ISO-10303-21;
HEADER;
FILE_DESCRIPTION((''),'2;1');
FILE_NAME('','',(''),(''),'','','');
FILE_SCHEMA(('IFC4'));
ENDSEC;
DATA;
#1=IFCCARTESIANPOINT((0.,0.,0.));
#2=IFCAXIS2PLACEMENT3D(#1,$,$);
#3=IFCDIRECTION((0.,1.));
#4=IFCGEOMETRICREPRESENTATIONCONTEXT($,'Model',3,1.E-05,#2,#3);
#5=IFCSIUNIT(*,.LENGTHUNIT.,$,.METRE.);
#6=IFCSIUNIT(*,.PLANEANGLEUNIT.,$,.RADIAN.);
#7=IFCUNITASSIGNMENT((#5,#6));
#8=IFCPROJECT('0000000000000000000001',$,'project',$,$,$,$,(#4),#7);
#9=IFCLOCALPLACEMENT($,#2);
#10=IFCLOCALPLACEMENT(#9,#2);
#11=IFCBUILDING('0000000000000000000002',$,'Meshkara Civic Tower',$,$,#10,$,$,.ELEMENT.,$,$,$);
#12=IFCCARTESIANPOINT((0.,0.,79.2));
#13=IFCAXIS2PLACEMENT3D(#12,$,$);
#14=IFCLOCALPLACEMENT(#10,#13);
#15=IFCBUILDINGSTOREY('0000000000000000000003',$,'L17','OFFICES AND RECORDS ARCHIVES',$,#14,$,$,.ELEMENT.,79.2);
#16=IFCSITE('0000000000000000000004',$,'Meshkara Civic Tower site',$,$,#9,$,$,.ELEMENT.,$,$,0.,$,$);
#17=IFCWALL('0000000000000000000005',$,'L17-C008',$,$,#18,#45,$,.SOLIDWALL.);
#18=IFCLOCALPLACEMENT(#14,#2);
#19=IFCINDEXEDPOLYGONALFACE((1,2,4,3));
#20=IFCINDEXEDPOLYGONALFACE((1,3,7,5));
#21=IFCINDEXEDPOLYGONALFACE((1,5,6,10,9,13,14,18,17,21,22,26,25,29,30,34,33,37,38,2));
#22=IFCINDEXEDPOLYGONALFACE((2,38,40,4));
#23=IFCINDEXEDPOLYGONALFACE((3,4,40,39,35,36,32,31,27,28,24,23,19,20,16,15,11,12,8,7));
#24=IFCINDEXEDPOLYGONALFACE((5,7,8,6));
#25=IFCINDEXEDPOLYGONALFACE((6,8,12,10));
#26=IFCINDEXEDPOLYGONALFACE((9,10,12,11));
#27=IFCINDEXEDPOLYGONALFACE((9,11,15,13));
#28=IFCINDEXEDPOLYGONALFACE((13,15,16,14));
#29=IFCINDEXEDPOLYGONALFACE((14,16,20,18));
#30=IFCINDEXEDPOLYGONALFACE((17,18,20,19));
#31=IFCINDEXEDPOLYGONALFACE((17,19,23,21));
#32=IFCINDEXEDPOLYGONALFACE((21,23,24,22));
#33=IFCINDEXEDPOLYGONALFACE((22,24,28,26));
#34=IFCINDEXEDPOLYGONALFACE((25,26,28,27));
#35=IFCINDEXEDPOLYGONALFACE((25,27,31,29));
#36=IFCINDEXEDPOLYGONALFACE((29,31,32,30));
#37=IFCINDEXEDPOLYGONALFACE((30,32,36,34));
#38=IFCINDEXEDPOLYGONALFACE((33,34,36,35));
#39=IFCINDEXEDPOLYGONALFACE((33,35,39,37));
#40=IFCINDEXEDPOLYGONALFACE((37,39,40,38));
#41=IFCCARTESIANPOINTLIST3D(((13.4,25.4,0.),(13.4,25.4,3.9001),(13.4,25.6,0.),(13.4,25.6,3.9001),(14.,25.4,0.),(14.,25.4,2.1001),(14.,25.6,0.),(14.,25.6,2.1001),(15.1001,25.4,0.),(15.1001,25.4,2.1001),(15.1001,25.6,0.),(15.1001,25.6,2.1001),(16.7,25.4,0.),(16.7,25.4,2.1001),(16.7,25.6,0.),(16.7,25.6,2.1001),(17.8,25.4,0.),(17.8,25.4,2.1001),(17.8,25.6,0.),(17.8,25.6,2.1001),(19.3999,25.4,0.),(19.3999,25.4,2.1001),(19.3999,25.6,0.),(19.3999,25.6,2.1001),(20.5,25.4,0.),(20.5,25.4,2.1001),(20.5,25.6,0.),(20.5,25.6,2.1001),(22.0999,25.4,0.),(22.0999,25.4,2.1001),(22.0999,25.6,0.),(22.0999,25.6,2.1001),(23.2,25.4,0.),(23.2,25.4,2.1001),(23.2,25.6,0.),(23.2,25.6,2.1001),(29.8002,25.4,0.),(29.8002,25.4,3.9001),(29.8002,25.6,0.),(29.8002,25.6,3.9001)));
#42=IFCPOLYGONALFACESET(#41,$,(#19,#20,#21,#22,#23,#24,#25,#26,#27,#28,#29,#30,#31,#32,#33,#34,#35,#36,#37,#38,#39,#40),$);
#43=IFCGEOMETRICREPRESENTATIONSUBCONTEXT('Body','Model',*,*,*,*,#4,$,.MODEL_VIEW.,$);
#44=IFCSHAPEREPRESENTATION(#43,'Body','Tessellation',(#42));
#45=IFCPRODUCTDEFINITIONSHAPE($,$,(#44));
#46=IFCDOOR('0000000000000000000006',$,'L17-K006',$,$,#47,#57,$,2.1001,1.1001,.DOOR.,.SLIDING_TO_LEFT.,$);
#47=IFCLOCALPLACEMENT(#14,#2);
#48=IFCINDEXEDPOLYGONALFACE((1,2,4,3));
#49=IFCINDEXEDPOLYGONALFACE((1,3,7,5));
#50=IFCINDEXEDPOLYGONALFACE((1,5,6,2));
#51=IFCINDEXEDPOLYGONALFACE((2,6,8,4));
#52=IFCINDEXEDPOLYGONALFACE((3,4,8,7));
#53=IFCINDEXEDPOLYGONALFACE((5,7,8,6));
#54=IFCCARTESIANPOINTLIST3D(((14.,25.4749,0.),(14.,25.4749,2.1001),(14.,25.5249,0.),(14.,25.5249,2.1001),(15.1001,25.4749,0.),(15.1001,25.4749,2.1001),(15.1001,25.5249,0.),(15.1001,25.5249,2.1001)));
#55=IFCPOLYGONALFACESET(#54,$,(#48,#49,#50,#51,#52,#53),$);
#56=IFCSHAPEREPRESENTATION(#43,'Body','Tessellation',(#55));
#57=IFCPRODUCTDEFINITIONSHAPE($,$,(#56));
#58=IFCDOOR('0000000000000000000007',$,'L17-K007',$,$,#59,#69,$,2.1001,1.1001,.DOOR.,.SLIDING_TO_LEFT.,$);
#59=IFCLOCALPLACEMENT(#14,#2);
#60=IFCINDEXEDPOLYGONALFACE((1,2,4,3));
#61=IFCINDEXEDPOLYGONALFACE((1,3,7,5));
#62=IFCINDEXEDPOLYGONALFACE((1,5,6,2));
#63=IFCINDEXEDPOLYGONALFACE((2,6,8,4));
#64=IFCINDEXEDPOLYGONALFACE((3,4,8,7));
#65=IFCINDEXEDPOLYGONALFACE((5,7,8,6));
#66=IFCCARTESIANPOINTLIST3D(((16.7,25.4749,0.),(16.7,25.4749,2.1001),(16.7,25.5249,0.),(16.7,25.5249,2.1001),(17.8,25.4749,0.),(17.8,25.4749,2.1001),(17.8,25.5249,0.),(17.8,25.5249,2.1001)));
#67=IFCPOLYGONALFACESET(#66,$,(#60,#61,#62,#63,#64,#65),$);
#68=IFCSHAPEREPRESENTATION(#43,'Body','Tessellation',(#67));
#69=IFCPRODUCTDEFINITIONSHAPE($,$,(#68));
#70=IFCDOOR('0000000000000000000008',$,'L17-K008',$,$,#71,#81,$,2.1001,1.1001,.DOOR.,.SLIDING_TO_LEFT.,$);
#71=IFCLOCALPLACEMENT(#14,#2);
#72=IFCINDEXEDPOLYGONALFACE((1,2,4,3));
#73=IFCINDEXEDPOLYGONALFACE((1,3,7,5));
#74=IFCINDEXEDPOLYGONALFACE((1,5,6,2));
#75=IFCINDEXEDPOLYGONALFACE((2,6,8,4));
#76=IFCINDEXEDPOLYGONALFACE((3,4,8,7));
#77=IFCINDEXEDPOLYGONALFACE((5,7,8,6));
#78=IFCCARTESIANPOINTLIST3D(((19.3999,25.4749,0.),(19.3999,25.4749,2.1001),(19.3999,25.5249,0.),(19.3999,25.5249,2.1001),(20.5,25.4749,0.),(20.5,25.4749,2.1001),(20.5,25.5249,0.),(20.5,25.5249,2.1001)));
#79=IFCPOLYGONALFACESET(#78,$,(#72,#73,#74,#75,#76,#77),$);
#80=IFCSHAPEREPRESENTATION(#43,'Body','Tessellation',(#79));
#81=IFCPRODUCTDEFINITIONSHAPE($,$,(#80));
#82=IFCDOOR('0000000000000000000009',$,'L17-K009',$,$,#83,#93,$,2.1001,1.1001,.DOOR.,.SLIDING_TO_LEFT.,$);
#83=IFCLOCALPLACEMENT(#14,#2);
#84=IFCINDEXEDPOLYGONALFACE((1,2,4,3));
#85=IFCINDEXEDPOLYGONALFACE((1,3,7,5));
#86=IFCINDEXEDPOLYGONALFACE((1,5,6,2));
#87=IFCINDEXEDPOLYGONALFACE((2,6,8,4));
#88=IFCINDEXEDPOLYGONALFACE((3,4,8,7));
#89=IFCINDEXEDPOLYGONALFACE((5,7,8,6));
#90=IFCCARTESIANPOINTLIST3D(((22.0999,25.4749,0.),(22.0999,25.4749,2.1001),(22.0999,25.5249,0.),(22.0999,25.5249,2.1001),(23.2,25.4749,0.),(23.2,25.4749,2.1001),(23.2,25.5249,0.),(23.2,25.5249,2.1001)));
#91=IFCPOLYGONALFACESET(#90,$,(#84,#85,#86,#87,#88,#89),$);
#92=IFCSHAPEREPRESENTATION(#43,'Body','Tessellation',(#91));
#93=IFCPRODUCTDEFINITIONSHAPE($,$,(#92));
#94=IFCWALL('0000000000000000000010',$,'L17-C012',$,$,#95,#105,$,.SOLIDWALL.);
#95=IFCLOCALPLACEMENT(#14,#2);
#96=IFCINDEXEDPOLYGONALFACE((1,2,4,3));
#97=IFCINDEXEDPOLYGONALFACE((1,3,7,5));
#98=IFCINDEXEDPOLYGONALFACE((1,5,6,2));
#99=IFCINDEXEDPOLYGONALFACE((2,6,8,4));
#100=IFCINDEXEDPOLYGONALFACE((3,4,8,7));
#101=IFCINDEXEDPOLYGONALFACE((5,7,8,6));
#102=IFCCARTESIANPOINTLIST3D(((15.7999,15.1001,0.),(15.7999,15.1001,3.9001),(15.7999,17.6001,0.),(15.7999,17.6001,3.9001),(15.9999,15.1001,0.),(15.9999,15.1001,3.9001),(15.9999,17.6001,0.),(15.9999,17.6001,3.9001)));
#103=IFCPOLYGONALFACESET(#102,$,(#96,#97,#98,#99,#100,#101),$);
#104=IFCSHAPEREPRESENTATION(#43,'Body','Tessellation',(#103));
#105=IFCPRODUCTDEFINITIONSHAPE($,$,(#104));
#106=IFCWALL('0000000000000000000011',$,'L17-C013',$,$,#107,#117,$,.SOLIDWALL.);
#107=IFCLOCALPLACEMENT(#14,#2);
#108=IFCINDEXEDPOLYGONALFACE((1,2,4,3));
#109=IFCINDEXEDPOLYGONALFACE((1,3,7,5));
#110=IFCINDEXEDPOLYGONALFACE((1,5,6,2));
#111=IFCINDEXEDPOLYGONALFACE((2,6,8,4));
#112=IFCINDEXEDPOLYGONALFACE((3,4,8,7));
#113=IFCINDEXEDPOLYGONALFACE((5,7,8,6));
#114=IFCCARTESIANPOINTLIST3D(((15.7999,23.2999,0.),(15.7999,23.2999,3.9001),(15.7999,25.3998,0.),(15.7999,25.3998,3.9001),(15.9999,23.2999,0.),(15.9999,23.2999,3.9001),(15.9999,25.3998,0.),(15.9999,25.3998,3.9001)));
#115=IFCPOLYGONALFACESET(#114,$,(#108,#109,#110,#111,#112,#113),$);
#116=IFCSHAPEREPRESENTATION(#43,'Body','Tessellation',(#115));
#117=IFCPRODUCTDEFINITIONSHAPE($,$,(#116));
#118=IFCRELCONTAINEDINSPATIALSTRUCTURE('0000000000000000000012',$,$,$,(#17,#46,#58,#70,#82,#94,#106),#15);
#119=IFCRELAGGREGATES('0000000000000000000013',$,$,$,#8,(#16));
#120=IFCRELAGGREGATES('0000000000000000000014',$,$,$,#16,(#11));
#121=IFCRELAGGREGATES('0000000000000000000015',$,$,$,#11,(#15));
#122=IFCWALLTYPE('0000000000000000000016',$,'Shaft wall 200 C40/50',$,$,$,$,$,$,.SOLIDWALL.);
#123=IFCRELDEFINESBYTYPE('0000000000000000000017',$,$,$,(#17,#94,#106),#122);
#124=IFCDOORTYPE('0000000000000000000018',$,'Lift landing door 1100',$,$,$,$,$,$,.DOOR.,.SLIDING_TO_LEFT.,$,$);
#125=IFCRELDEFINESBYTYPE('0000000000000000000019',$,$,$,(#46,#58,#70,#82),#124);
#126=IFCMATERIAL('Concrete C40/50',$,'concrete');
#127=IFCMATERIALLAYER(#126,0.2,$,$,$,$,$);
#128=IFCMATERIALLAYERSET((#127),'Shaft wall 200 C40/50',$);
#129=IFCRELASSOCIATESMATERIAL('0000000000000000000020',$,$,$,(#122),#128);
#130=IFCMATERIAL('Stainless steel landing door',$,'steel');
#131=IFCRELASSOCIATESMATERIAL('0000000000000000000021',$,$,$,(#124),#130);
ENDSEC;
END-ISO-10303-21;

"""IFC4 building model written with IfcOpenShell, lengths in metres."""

from ifc_helpers import new_model, si_unit, direction, frame, frame_2d, origin, place, context, subcontext, project, spatial, rectangle, extrude, material, layer, layer_set, type_object, element, fill, save


model = new_model("IFC4")

# Units and contexts
model_context = context("Model", 3, precision=1e-05, world=origin(), true_north=direction((0.0, 1.0)))
body_context = subcontext(model_context, "Body", "Model", "MODEL_VIEW")
ifc_project = project(units=[si_unit("LENGTHUNIT", "METRE"), si_unit("PLANEANGLEUNIT", "RADIAN")], contexts=[model_context])

# Site, building, storey
site_placement = place(None, origin())
site = spatial("IfcSite", under=ifc_project, at=site_placement, Name="Meshkara Civic Tower site", CompositionType="ELEMENT", RefElevation=0.0)
building_placement = place(site_placement, origin())
building = spatial("IfcBuilding", under=site, at=building_placement, Name="Meshkara Civic Tower", CompositionType="ELEMENT")
storey_placement = place(building_placement, frame((0.0, 0.0, 79.2)))
storey = spatial("IfcBuildingStorey", under=building, at=storey_placement, Name="L17", Description="OFFICES AND RECORDS ARCHIVES", CompositionType="ELEMENT", Elevation=79.2)

# Wall, openings, doors
ifc_material_1 = material(Name="Concrete C40/50", Category="concrete")
ifc_layer_1 = layer(ifc_material_1, 0.2)
ifc_layer_set_1 = layer_set([ifc_layer_1], Name="Shaft wall 200 C40/50")
wall_type_1 = type_object("IfcWallType", Name="Shaft wall 200 C40/50", PredefinedType="SOLIDWALL", material=ifc_layer_set_1)
ifc_material_2 = material(Name="Stainless steel landing door", Category="steel")
door_type_1 = type_object("IfcDoorType", Name="Lift landing door 1100", OperationType="SLIDING_TO_LEFT", PredefinedType="DOOR", material=ifc_material_2)
wall_1_placement = place(storey_placement, frame((13.3999, 25.5, 0.0), z_axis=(0.0, 0.0, 1.0), x_axis=(1.0, 0.0, 0.0)))
wall_1 = element("IfcWall", 1, at=wall_1_placement, inside=storey, type_object=wall_type_1, Name="L17-C008", PredefinedType="SOLIDWALL", context=body_context, shape_type="SweptSolid", body=[
    extrude(rectangle(XDim=16.4001, YDim=0.2, at=frame_2d((8.2002, 0.0))), origin(), (0.0, 0.0, 1.0), 3.9001),
])
opening_1_placement = place(wall_1_placement, frame((0.6001, 0.0, 0.0)))
opening_1 = element("IfcOpeningElement", 2, at=opening_1_placement, cuts=wall_1, PredefinedType="OPENING", context=body_context, shape_type="SweptSolid", body=[
    extrude(rectangle(XDim=1.1001, YDim=2.1001, at=frame_2d((0.55, 1.05))), frame((0.0, 0.1099, 0.0), z_axis=(0.0, -1.0, 0.0), x_axis=(1.0, 0.0, 0.0)), (0.0, 0.0, 1.0), 0.22),
])
opening_2_placement = place(wall_1_placement, frame((3.3, 0.0, 0.0)))
opening_2 = element("IfcOpeningElement", 3, at=opening_2_placement, cuts=wall_1, PredefinedType="OPENING", context=body_context, shape_type="SweptSolid", body=[
    extrude(rectangle(XDim=1.1001, YDim=2.1001, at=frame_2d((0.55, 1.05))), frame((0.0, 0.1099, 0.0), z_axis=(0.0, -1.0, 0.0), x_axis=(1.0, 0.0, 0.0)), (0.0, 0.0, 1.0), 0.22),
])
opening_3_placement = place(wall_1_placement, frame((6.0, 0.0, 0.0)))
opening_3 = element("IfcOpeningElement", 4, at=opening_3_placement, cuts=wall_1, PredefinedType="OPENING", context=body_context, shape_type="SweptSolid", body=[
    extrude(rectangle(XDim=1.1001, YDim=2.1001, at=frame_2d((0.55, 1.05))), frame((0.0, 0.1099, 0.0), z_axis=(0.0, -1.0, 0.0), x_axis=(1.0, 0.0, 0.0)), (0.0, 0.0, 1.0), 0.22),
])
opening_4_placement = place(wall_1_placement, frame((8.7, 0.0, 0.0)))
opening_4 = element("IfcOpeningElement", 5, at=opening_4_placement, cuts=wall_1, PredefinedType="OPENING", context=body_context, shape_type="SweptSolid", body=[
    extrude(rectangle(XDim=1.1001, YDim=2.1001, at=frame_2d((0.55, 1.05))), frame((0.0, 0.1099, 0.0), z_axis=(0.0, -1.0, 0.0), x_axis=(1.0, 0.0, 0.0)), (0.0, 0.0, 1.0), 0.22),
])
door_1_placement = place(opening_1_placement, origin())
door_1 = element("IfcDoor", 6, at=door_1_placement, inside=storey, type_object=door_type_1, Name="L17-K006", OperationType="SLIDING_TO_LEFT", OverallHeight=2.1001, OverallWidth=1.1001, PredefinedType="DOOR", context=body_context, shape_type="SweptSolid", body=[
    extrude(rectangle(XDim=1.1001, YDim=2.1001, at=frame_2d((0.55, 1.05))), frame((0.0, 0.0249, 0.0), z_axis=(0.0, -1.0, 0.0), x_axis=(1.0, 0.0, 0.0)), (0.0, 0.0, 1.0), 0.05),
])
fill(opening_1, door_1)
door_2_placement = place(opening_2_placement, origin())
door_2 = element("IfcDoor", 7, at=door_2_placement, inside=storey, type_object=door_type_1, Name="L17-K007", OperationType="SLIDING_TO_LEFT", OverallHeight=2.1001, OverallWidth=1.1001, PredefinedType="DOOR", context=body_context, shape_type="SweptSolid", body=[
    extrude(rectangle(XDim=1.1001, YDim=2.1001, at=frame_2d((0.55, 1.05))), frame((0.0, 0.0249, 0.0), z_axis=(0.0, -1.0, 0.0), x_axis=(1.0, 0.0, 0.0)), (0.0, 0.0, 1.0), 0.05),
])
fill(opening_2, door_2)
door_3_placement = place(opening_3_placement, origin())
door_3 = element("IfcDoor", 8, at=door_3_placement, inside=storey, type_object=door_type_1, Name="L17-K008", OperationType="SLIDING_TO_LEFT", OverallHeight=2.1001, OverallWidth=1.1001, PredefinedType="DOOR", context=body_context, shape_type="SweptSolid", body=[
    extrude(rectangle(XDim=1.1001, YDim=2.1001, at=frame_2d((0.55, 1.05))), frame((0.0, 0.0249, 0.0), z_axis=(0.0, -1.0, 0.0), x_axis=(1.0, 0.0, 0.0)), (0.0, 0.0, 1.0), 0.05),
])
fill(opening_3, door_3)
door_4_placement = place(opening_4_placement, origin())
door_4 = element("IfcDoor", 9, at=door_4_placement, inside=storey, type_object=door_type_1, Name="L17-K009", OperationType="SLIDING_TO_LEFT", OverallHeight=2.1001, OverallWidth=1.1001, PredefinedType="DOOR", context=body_context, shape_type="SweptSolid", body=[
    extrude(rectangle(XDim=1.1001, YDim=2.1001, at=frame_2d((0.55, 1.05))), frame((0.0, 0.0249, 0.0), z_axis=(0.0, -1.0, 0.0), x_axis=(1.0, 0.0, 0.0)), (0.0, 0.0, 1.0), 0.05),
])
fill(opening_4, door_4)

# Walls
wall_2_placement = place(storey_placement, frame((15.8999, 15.1001, 0.0), z_axis=(0.0, 0.0, 1.0), x_axis=(0.0, 1.0, 0.0)))
element("IfcWall", 10, at=wall_2_placement, inside=storey, type_object=wall_type_1, Name="L17-C012", PredefinedType="SOLIDWALL", context=body_context, shape_type="SweptSolid", body=[
    extrude(rectangle(XDim=2.5, YDim=0.2, at=frame_2d((1.25, 0.0))), origin(), (0.0, 0.0, 1.0), 3.9001),
])
wall_3_placement = place(storey_placement, frame((15.8999, 23.3, 0.0), z_axis=(0.0, 0.0, 1.0), x_axis=(0.0, 1.0, 0.0)))
element("IfcWall", 11, at=wall_3_placement, inside=storey, type_object=wall_type_1, Name="L17-C013", PredefinedType="SOLIDWALL", context=body_context, shape_type="SweptSolid", body=[
    extrude(rectangle(XDim=2.0999, YDim=0.2, at=frame_2d((1.0498, 0.0))), origin(), (0.0, 0.0, 1.0), 3.9001),
])

save(model, "model.ifc")
